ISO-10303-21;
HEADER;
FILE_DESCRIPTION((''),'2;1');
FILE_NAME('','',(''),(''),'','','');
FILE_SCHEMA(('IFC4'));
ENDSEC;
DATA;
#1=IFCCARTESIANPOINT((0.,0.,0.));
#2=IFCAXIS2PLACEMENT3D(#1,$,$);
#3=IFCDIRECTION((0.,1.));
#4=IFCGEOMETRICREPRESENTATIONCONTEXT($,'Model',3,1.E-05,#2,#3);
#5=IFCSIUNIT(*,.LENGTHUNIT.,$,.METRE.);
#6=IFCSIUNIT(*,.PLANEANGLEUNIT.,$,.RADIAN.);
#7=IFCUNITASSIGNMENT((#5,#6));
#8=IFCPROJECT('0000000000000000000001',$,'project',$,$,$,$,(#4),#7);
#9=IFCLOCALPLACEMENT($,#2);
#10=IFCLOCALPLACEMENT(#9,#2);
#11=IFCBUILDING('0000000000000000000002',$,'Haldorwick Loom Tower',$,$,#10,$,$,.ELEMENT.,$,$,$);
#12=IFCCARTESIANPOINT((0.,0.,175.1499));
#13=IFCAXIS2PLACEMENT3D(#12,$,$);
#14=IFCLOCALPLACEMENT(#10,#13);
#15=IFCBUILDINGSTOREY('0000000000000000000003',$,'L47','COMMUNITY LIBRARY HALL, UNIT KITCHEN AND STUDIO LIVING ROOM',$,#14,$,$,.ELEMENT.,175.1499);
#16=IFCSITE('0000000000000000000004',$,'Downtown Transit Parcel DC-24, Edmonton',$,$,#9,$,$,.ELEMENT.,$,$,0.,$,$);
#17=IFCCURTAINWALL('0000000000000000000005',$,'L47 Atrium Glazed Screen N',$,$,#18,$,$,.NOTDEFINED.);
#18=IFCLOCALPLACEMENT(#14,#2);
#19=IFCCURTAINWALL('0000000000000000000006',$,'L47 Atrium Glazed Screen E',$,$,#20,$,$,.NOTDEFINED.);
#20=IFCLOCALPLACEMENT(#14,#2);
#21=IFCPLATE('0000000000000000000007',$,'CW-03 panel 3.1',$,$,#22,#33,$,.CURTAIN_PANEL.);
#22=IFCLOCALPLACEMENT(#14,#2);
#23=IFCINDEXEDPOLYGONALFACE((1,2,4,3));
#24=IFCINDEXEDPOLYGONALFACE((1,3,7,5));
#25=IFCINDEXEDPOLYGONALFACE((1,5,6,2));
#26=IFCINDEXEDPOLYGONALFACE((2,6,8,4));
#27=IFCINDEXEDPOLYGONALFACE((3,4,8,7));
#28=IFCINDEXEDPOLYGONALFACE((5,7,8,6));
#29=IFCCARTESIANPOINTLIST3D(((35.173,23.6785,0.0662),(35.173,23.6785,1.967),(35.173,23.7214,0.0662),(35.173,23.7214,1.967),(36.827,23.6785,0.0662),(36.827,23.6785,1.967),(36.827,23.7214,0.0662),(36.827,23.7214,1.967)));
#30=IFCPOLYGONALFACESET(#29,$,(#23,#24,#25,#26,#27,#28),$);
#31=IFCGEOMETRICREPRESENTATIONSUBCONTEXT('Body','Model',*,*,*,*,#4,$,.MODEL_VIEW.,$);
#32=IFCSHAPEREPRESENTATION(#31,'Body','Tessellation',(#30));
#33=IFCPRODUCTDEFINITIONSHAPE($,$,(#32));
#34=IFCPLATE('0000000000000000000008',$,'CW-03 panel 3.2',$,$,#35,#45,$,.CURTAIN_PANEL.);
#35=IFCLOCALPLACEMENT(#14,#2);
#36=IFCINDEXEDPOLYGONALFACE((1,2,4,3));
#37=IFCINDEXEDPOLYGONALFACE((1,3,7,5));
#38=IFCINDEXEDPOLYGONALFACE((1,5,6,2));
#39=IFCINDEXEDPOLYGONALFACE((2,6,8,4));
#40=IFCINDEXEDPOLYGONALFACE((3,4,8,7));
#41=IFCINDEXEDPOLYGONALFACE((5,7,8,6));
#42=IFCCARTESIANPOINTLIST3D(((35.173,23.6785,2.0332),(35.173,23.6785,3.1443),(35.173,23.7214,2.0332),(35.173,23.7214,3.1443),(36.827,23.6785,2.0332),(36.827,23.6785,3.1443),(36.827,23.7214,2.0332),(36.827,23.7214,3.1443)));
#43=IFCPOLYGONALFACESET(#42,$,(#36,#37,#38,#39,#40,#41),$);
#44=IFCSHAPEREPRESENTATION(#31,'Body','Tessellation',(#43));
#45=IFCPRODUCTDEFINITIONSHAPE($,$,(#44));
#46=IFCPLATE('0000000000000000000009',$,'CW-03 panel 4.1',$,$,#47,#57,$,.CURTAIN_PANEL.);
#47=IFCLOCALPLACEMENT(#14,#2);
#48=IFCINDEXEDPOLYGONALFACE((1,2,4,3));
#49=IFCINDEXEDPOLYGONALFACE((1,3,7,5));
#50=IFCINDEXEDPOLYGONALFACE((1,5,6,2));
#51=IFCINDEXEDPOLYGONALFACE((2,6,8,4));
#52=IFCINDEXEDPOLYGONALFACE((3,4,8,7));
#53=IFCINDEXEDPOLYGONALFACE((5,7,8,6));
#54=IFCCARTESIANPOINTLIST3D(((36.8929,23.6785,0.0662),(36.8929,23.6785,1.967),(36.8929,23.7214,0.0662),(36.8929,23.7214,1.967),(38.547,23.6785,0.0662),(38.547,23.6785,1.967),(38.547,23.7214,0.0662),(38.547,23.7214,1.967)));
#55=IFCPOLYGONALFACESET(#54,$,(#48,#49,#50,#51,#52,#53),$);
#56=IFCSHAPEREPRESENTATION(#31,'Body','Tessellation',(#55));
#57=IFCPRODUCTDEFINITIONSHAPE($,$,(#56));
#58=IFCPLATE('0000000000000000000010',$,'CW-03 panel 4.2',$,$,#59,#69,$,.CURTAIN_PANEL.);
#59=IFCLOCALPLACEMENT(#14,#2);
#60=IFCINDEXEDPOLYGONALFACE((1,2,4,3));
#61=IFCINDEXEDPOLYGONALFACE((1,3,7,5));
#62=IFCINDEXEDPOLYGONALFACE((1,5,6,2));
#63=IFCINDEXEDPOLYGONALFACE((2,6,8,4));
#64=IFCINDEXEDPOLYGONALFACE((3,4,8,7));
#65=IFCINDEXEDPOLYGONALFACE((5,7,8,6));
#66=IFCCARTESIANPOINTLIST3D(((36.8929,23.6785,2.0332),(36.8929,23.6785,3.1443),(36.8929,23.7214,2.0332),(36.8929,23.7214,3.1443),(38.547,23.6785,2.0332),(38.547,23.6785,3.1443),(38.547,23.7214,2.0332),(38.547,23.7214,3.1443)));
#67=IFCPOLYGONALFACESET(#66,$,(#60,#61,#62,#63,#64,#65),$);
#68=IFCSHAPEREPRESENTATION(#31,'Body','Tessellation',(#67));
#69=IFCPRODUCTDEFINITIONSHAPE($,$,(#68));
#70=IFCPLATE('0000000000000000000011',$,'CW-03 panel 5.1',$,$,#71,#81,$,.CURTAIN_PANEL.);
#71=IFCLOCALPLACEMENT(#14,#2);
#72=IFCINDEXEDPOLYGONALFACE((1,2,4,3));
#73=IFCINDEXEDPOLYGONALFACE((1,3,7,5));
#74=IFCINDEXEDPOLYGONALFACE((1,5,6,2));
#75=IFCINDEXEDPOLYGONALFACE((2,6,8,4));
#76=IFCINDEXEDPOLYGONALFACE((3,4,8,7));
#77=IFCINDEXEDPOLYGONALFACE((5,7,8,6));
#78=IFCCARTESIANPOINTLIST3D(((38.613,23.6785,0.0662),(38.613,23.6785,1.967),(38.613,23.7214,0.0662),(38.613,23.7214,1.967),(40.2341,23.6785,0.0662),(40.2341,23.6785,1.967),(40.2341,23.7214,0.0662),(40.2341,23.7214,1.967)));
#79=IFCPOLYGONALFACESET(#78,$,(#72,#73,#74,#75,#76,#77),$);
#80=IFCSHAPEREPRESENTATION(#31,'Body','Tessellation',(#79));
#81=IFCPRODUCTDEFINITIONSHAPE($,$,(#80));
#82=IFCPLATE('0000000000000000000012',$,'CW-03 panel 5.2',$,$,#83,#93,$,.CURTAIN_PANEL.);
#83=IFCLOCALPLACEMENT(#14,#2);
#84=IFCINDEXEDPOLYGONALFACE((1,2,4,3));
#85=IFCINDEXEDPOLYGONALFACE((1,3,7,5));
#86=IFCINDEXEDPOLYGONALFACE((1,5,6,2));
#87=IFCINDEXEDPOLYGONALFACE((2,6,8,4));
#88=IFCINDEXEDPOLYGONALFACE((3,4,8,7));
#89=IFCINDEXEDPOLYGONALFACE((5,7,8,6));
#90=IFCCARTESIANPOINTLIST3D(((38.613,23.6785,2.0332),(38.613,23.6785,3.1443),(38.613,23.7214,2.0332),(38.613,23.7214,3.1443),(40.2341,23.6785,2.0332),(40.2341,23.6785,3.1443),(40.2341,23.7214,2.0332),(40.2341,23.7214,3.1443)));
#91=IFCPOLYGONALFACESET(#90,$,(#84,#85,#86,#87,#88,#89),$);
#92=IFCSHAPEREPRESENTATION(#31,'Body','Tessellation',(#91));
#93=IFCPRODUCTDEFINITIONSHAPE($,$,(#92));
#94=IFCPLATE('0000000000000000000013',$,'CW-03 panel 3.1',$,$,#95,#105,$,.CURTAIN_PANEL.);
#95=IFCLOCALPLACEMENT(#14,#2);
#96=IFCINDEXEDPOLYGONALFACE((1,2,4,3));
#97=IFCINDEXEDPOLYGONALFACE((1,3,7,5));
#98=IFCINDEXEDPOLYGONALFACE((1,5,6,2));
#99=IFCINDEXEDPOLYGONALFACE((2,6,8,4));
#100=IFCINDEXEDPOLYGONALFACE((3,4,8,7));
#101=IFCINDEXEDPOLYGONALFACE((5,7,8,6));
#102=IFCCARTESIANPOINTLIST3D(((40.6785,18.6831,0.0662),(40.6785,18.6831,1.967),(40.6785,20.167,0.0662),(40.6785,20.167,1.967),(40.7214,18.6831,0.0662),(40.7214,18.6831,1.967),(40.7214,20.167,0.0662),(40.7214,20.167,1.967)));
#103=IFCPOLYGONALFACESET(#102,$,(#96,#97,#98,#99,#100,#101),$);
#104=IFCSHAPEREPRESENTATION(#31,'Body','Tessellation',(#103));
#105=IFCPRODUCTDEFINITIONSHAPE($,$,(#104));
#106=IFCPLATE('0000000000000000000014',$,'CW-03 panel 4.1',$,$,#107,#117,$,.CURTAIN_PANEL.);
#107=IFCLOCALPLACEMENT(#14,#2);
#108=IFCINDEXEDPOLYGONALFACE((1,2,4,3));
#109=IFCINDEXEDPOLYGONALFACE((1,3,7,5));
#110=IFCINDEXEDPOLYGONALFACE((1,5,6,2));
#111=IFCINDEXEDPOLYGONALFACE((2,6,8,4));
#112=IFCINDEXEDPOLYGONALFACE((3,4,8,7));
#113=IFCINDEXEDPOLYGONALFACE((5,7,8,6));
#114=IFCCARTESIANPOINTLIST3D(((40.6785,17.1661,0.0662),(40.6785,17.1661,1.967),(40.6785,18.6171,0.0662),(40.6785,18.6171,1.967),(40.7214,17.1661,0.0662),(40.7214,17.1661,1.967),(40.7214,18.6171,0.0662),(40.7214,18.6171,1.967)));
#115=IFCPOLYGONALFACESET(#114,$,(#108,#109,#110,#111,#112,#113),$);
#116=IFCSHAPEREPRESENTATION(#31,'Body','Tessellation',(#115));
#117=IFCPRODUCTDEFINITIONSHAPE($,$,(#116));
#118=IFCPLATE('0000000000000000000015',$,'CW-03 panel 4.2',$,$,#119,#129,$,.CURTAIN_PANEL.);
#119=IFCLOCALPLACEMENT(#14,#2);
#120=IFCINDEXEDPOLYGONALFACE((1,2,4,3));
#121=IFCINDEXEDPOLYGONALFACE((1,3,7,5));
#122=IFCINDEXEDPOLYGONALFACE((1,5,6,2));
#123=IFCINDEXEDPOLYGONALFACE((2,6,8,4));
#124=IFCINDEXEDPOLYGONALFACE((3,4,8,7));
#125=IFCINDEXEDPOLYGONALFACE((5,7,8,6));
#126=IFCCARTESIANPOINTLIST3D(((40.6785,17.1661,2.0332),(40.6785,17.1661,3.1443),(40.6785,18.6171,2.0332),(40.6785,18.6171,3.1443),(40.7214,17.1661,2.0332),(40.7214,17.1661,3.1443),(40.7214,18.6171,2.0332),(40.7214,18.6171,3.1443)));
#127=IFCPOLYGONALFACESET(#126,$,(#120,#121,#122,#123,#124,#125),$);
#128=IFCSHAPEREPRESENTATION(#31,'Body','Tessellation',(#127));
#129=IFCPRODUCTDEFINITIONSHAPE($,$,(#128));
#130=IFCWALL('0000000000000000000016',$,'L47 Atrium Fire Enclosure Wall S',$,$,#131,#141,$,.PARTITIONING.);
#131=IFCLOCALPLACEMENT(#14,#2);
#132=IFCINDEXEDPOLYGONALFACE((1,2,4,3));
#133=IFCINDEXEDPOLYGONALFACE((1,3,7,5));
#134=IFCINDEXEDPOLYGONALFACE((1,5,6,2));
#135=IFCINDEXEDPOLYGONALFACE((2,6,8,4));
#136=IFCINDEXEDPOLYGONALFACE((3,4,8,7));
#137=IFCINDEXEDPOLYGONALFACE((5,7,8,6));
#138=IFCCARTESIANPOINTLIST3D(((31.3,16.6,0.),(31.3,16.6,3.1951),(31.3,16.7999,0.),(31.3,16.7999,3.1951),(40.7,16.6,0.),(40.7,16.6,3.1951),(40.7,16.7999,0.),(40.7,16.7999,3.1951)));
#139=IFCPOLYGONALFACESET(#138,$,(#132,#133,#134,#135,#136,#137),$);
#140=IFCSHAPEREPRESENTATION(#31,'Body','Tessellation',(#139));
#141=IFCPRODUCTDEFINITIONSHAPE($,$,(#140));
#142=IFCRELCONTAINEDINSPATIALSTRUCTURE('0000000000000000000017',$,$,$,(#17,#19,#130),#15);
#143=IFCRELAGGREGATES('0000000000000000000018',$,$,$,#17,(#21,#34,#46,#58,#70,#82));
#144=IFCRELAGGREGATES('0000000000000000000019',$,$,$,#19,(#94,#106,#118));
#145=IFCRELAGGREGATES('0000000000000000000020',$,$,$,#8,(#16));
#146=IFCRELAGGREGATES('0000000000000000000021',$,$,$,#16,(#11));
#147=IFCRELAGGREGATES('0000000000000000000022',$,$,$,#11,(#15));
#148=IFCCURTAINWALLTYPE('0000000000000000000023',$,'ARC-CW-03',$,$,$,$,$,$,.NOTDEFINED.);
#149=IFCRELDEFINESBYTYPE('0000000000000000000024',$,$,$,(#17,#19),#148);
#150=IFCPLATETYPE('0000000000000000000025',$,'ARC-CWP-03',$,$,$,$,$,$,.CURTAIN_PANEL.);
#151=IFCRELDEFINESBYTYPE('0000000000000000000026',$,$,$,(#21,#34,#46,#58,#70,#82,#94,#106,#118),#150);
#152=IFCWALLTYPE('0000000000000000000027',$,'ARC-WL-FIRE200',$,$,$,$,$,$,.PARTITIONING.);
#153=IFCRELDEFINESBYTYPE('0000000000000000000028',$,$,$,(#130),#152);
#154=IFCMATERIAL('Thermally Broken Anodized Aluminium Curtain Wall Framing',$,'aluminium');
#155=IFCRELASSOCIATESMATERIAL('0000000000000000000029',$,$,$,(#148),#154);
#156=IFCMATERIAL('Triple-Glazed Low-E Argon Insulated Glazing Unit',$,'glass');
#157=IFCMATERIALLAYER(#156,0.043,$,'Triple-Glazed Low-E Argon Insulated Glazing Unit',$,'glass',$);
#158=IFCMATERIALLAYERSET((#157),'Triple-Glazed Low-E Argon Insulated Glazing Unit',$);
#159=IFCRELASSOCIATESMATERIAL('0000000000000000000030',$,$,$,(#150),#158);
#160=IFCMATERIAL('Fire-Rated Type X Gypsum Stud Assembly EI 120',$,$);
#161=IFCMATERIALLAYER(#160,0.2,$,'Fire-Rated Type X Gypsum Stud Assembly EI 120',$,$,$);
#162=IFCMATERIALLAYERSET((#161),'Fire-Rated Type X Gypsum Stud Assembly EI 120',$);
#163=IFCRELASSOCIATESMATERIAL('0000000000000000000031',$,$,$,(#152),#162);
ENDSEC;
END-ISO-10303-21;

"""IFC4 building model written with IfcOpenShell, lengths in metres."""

from ifc_helpers import new_model, si_unit, direction, frame, frame_2d, origin, origin_2d, place, context, subcontext, project, spatial, rectangle, extrude, material, layer, layer_set, type_object, element, aggregate, save


model = new_model("IFC4")

# Units and contexts
model_context = context("Model", 3, precision=1e-05, world=origin(), true_north=direction((0.0, 1.0)))
body_context = subcontext(model_context, "Body", "Model", "MODEL_VIEW")
ifc_project = project(units=[si_unit("LENGTHUNIT", "METRE"), si_unit("PLANEANGLEUNIT", "RADIAN")], contexts=[model_context])

# Site, building, storey
site_placement = place(None, origin())
site = spatial("IfcSite", under=ifc_project, at=site_placement, Name="Downtown Transit Parcel DC-24, Edmonton", CompositionType="ELEMENT", RefElevation=0.0)
building_placement = place(site_placement, origin())
building = spatial("IfcBuilding", under=site, at=building_placement, Name="Haldorwick Loom Tower", CompositionType="ELEMENT")
storey_placement = place(building_placement, frame((0.0, 0.0, 175.1499)))
storey = spatial("IfcBuildingStorey", under=building, at=storey_placement, Name="L47", Description="COMMUNITY LIBRARY HALL, UNIT KITCHEN AND STUDIO LIVING ROOM", CompositionType="ELEMENT", Elevation=175.1499)

# Curtain walls
ifc_material_1 = material(Name="Thermally Broken Anodized Aluminium Curtain Wall Framing", Category="aluminium")
curtain_wall_type = type_object("IfcCurtainWallType", Name="ARC-CW-03", PredefinedType="NOTDEFINED", material=ifc_material_1)
curtain_wall_1_placement = place(storey_placement, origin())
curtain_wall_1 = element("IfcCurtainWall", 1, at=curtain_wall_1_placement, inside=storey, type_object=curtain_wall_type, Name="L47 Atrium Glazed Screen N", PredefinedType="NOTDEFINED")
curtain_wall_2_placement = place(storey_placement, origin())
curtain_wall_2 = element("IfcCurtainWall", 2, at=curtain_wall_2_placement, inside=storey, type_object=curtain_wall_type, Name="L47 Atrium Glazed Screen E", PredefinedType="NOTDEFINED")

# Plates
ifc_material_2 = material(Name="Triple-Glazed Low-E Argon Insulated Glazing Unit", Category="glass")
ifc_layer_1 = layer(ifc_material_2, 0.043, Name="Triple-Glazed Low-E Argon Insulated Glazing Unit", Category="glass")
ifc_layer_set_1 = layer_set([ifc_layer_1], Name="Triple-Glazed Low-E Argon Insulated Glazing Unit")
plate_type = type_object("IfcPlateType", Name="ARC-CWP-03", PredefinedType="CURTAIN_PANEL", material=ifc_layer_set_1)
plate_1_placement = place(storey_placement, frame((36.0, 23.7, 0.0662), z_axis=(0.0, 0.0, 1.0), x_axis=(1.0, 0.0, 0.0)))
plate_1 = element("IfcPlate", 3, at=plate_1_placement, type_object=plate_type, Name="CW-03 panel 3.1", PredefinedType="CURTAIN_PANEL", context=body_context, shape_type="SweptSolid", body=[
    extrude(rectangle(XDim=1.6541, YDim=0.043, at=origin_2d()), origin(), (0.0, 0.0, 1.0), 1.9009),
])
plate_2_placement = place(storey_placement, frame((36.0, 23.7, 2.0332), z_axis=(0.0, 0.0, 1.0), x_axis=(1.0, 0.0, 0.0)))
plate_2 = element("IfcPlate", 4, at=plate_2_placement, type_object=plate_type, Name="CW-03 panel 3.2", PredefinedType="CURTAIN_PANEL", context=body_context, shape_type="SweptSolid", body=[
    extrude(rectangle(XDim=1.6541, YDim=0.043, at=origin_2d()), origin(), (0.0, 0.0, 1.0), 1.1111),
])
plate_3_placement = place(storey_placement, frame((37.72, 23.7, 0.0662), z_axis=(0.0, 0.0, 1.0), x_axis=(1.0, 0.0, 0.0)))
plate_3 = element("IfcPlate", 5, at=plate_3_placement, type_object=plate_type, Name="CW-03 panel 4.1", PredefinedType="CURTAIN_PANEL", context=body_context, shape_type="SweptSolid", body=[
    extrude(rectangle(XDim=1.6541, YDim=0.043, at=origin_2d()), origin(), (0.0, 0.0, 1.0), 1.9009),
])
plate_4_placement = place(storey_placement, frame((37.72, 23.7, 2.0332), z_axis=(0.0, 0.0, 1.0), x_axis=(1.0, 0.0, 0.0)))
plate_4 = element("IfcPlate", 6, at=plate_4_placement, type_object=plate_type, Name="CW-03 panel 4.2", PredefinedType="CURTAIN_PANEL", context=body_context, shape_type="SweptSolid", body=[
    extrude(rectangle(XDim=1.6541, YDim=0.043, at=origin_2d()), origin(), (0.0, 0.0, 1.0), 1.1111),
])
plate_5_placement = place(storey_placement, frame((39.4236, 23.7, 0.0662), z_axis=(0.0, 0.0, 1.0), x_axis=(1.0, 0.0, 0.0)))
plate_5 = element("IfcPlate", 7, at=plate_5_placement, type_object=plate_type, Name="CW-03 panel 5.1", PredefinedType="CURTAIN_PANEL", context=body_context, shape_type="SweptSolid", body=[
    extrude(rectangle(XDim=1.6211, YDim=0.043, at=origin_2d()), origin(), (0.0, 0.0, 1.0), 1.9009),
])
plate_6_placement = place(storey_placement, frame((39.4236, 23.7, 2.0332), z_axis=(0.0, 0.0, 1.0), x_axis=(1.0, 0.0, 0.0)))
plate_6 = element("IfcPlate", 8, at=plate_6_placement, type_object=plate_type, Name="CW-03 panel 5.2", PredefinedType="CURTAIN_PANEL", context=body_context, shape_type="SweptSolid", body=[
    extrude(rectangle(XDim=1.6211, YDim=0.043, at=origin_2d()), origin(), (0.0, 0.0, 1.0), 1.1111),
])
aggregate(curtain_wall_1, [plate_1, plate_2, plate_3, plate_4, plate_5, plate_6])
plate_7_placement = place(storey_placement, frame((40.7, 19.425, 0.0662), z_axis=(0.0, 0.0, 1.0), x_axis=(0.0, -1.0, 0.0)))
plate_7 = element("IfcPlate", 9, at=plate_7_placement, type_object=plate_type, Name="CW-03 panel 3.1", PredefinedType="CURTAIN_PANEL", context=body_context, shape_type="SweptSolid", body=[
    extrude(rectangle(XDim=1.4839, YDim=0.043, at=origin_2d()), origin(), (0.0, 0.0, 1.0), 1.9009),
])
plate_8_placement = place(storey_placement, frame((40.7, 17.8916, 0.0662), z_axis=(0.0, 0.0, 1.0), x_axis=(0.0, -1.0, 0.0)))
plate_8 = element("IfcPlate", 10, at=plate_8_placement, type_object=plate_type, Name="CW-03 panel 4.1", PredefinedType="CURTAIN_PANEL", context=body_context, shape_type="SweptSolid", body=[
    extrude(rectangle(XDim=1.4509, YDim=0.043, at=origin_2d()), origin(), (0.0, 0.0, 1.0), 1.9009),
])
plate_9_placement = place(storey_placement, frame((40.7, 17.8916, 2.0332), z_axis=(0.0, 0.0, 1.0), x_axis=(0.0, -1.0, 0.0)))
plate_9 = element("IfcPlate", 11, at=plate_9_placement, type_object=plate_type, Name="CW-03 panel 4.2", PredefinedType="CURTAIN_PANEL", context=body_context, shape_type="SweptSolid", body=[
    extrude(rectangle(XDim=1.4509, YDim=0.043, at=origin_2d()), origin(), (0.0, 0.0, 1.0), 1.1111),
])
aggregate(curtain_wall_2, [plate_7, plate_8, plate_9])

# Wall
ifc_material_3 = material(Name="Fire-Rated Type X Gypsum Stud Assembly EI 120")
ifc_layer_2 = layer(ifc_material_3, 0.2, Name="Fire-Rated Type X Gypsum Stud Assembly EI 120")
ifc_layer_set_2 = layer_set([ifc_layer_2], Name="Fire-Rated Type X Gypsum Stud Assembly EI 120")
wall_type = type_object("IfcWallType", Name="ARC-WL-FIRE200", PredefinedType="PARTITIONING", material=ifc_layer_set_2)
wall_placement = place(storey_placement, frame((40.7, 16.7, 0.0), z_axis=(0.0, 0.0, 1.0), x_axis=(-1.0, 0.0, 0.0)))
element("IfcWall", 12, at=wall_placement, inside=storey, type_object=wall_type, Name="L47 Atrium Fire Enclosure Wall S", PredefinedType="PARTITIONING", context=body_context, shape_type="SweptSolid", body=[
    extrude(rectangle(XDim=9.3999, YDim=0.2, at=frame_2d((4.7, 0.0))), origin(), (0.0, 0.0, 1.0), 3.1951),
])

save(model, "model.ifc")
